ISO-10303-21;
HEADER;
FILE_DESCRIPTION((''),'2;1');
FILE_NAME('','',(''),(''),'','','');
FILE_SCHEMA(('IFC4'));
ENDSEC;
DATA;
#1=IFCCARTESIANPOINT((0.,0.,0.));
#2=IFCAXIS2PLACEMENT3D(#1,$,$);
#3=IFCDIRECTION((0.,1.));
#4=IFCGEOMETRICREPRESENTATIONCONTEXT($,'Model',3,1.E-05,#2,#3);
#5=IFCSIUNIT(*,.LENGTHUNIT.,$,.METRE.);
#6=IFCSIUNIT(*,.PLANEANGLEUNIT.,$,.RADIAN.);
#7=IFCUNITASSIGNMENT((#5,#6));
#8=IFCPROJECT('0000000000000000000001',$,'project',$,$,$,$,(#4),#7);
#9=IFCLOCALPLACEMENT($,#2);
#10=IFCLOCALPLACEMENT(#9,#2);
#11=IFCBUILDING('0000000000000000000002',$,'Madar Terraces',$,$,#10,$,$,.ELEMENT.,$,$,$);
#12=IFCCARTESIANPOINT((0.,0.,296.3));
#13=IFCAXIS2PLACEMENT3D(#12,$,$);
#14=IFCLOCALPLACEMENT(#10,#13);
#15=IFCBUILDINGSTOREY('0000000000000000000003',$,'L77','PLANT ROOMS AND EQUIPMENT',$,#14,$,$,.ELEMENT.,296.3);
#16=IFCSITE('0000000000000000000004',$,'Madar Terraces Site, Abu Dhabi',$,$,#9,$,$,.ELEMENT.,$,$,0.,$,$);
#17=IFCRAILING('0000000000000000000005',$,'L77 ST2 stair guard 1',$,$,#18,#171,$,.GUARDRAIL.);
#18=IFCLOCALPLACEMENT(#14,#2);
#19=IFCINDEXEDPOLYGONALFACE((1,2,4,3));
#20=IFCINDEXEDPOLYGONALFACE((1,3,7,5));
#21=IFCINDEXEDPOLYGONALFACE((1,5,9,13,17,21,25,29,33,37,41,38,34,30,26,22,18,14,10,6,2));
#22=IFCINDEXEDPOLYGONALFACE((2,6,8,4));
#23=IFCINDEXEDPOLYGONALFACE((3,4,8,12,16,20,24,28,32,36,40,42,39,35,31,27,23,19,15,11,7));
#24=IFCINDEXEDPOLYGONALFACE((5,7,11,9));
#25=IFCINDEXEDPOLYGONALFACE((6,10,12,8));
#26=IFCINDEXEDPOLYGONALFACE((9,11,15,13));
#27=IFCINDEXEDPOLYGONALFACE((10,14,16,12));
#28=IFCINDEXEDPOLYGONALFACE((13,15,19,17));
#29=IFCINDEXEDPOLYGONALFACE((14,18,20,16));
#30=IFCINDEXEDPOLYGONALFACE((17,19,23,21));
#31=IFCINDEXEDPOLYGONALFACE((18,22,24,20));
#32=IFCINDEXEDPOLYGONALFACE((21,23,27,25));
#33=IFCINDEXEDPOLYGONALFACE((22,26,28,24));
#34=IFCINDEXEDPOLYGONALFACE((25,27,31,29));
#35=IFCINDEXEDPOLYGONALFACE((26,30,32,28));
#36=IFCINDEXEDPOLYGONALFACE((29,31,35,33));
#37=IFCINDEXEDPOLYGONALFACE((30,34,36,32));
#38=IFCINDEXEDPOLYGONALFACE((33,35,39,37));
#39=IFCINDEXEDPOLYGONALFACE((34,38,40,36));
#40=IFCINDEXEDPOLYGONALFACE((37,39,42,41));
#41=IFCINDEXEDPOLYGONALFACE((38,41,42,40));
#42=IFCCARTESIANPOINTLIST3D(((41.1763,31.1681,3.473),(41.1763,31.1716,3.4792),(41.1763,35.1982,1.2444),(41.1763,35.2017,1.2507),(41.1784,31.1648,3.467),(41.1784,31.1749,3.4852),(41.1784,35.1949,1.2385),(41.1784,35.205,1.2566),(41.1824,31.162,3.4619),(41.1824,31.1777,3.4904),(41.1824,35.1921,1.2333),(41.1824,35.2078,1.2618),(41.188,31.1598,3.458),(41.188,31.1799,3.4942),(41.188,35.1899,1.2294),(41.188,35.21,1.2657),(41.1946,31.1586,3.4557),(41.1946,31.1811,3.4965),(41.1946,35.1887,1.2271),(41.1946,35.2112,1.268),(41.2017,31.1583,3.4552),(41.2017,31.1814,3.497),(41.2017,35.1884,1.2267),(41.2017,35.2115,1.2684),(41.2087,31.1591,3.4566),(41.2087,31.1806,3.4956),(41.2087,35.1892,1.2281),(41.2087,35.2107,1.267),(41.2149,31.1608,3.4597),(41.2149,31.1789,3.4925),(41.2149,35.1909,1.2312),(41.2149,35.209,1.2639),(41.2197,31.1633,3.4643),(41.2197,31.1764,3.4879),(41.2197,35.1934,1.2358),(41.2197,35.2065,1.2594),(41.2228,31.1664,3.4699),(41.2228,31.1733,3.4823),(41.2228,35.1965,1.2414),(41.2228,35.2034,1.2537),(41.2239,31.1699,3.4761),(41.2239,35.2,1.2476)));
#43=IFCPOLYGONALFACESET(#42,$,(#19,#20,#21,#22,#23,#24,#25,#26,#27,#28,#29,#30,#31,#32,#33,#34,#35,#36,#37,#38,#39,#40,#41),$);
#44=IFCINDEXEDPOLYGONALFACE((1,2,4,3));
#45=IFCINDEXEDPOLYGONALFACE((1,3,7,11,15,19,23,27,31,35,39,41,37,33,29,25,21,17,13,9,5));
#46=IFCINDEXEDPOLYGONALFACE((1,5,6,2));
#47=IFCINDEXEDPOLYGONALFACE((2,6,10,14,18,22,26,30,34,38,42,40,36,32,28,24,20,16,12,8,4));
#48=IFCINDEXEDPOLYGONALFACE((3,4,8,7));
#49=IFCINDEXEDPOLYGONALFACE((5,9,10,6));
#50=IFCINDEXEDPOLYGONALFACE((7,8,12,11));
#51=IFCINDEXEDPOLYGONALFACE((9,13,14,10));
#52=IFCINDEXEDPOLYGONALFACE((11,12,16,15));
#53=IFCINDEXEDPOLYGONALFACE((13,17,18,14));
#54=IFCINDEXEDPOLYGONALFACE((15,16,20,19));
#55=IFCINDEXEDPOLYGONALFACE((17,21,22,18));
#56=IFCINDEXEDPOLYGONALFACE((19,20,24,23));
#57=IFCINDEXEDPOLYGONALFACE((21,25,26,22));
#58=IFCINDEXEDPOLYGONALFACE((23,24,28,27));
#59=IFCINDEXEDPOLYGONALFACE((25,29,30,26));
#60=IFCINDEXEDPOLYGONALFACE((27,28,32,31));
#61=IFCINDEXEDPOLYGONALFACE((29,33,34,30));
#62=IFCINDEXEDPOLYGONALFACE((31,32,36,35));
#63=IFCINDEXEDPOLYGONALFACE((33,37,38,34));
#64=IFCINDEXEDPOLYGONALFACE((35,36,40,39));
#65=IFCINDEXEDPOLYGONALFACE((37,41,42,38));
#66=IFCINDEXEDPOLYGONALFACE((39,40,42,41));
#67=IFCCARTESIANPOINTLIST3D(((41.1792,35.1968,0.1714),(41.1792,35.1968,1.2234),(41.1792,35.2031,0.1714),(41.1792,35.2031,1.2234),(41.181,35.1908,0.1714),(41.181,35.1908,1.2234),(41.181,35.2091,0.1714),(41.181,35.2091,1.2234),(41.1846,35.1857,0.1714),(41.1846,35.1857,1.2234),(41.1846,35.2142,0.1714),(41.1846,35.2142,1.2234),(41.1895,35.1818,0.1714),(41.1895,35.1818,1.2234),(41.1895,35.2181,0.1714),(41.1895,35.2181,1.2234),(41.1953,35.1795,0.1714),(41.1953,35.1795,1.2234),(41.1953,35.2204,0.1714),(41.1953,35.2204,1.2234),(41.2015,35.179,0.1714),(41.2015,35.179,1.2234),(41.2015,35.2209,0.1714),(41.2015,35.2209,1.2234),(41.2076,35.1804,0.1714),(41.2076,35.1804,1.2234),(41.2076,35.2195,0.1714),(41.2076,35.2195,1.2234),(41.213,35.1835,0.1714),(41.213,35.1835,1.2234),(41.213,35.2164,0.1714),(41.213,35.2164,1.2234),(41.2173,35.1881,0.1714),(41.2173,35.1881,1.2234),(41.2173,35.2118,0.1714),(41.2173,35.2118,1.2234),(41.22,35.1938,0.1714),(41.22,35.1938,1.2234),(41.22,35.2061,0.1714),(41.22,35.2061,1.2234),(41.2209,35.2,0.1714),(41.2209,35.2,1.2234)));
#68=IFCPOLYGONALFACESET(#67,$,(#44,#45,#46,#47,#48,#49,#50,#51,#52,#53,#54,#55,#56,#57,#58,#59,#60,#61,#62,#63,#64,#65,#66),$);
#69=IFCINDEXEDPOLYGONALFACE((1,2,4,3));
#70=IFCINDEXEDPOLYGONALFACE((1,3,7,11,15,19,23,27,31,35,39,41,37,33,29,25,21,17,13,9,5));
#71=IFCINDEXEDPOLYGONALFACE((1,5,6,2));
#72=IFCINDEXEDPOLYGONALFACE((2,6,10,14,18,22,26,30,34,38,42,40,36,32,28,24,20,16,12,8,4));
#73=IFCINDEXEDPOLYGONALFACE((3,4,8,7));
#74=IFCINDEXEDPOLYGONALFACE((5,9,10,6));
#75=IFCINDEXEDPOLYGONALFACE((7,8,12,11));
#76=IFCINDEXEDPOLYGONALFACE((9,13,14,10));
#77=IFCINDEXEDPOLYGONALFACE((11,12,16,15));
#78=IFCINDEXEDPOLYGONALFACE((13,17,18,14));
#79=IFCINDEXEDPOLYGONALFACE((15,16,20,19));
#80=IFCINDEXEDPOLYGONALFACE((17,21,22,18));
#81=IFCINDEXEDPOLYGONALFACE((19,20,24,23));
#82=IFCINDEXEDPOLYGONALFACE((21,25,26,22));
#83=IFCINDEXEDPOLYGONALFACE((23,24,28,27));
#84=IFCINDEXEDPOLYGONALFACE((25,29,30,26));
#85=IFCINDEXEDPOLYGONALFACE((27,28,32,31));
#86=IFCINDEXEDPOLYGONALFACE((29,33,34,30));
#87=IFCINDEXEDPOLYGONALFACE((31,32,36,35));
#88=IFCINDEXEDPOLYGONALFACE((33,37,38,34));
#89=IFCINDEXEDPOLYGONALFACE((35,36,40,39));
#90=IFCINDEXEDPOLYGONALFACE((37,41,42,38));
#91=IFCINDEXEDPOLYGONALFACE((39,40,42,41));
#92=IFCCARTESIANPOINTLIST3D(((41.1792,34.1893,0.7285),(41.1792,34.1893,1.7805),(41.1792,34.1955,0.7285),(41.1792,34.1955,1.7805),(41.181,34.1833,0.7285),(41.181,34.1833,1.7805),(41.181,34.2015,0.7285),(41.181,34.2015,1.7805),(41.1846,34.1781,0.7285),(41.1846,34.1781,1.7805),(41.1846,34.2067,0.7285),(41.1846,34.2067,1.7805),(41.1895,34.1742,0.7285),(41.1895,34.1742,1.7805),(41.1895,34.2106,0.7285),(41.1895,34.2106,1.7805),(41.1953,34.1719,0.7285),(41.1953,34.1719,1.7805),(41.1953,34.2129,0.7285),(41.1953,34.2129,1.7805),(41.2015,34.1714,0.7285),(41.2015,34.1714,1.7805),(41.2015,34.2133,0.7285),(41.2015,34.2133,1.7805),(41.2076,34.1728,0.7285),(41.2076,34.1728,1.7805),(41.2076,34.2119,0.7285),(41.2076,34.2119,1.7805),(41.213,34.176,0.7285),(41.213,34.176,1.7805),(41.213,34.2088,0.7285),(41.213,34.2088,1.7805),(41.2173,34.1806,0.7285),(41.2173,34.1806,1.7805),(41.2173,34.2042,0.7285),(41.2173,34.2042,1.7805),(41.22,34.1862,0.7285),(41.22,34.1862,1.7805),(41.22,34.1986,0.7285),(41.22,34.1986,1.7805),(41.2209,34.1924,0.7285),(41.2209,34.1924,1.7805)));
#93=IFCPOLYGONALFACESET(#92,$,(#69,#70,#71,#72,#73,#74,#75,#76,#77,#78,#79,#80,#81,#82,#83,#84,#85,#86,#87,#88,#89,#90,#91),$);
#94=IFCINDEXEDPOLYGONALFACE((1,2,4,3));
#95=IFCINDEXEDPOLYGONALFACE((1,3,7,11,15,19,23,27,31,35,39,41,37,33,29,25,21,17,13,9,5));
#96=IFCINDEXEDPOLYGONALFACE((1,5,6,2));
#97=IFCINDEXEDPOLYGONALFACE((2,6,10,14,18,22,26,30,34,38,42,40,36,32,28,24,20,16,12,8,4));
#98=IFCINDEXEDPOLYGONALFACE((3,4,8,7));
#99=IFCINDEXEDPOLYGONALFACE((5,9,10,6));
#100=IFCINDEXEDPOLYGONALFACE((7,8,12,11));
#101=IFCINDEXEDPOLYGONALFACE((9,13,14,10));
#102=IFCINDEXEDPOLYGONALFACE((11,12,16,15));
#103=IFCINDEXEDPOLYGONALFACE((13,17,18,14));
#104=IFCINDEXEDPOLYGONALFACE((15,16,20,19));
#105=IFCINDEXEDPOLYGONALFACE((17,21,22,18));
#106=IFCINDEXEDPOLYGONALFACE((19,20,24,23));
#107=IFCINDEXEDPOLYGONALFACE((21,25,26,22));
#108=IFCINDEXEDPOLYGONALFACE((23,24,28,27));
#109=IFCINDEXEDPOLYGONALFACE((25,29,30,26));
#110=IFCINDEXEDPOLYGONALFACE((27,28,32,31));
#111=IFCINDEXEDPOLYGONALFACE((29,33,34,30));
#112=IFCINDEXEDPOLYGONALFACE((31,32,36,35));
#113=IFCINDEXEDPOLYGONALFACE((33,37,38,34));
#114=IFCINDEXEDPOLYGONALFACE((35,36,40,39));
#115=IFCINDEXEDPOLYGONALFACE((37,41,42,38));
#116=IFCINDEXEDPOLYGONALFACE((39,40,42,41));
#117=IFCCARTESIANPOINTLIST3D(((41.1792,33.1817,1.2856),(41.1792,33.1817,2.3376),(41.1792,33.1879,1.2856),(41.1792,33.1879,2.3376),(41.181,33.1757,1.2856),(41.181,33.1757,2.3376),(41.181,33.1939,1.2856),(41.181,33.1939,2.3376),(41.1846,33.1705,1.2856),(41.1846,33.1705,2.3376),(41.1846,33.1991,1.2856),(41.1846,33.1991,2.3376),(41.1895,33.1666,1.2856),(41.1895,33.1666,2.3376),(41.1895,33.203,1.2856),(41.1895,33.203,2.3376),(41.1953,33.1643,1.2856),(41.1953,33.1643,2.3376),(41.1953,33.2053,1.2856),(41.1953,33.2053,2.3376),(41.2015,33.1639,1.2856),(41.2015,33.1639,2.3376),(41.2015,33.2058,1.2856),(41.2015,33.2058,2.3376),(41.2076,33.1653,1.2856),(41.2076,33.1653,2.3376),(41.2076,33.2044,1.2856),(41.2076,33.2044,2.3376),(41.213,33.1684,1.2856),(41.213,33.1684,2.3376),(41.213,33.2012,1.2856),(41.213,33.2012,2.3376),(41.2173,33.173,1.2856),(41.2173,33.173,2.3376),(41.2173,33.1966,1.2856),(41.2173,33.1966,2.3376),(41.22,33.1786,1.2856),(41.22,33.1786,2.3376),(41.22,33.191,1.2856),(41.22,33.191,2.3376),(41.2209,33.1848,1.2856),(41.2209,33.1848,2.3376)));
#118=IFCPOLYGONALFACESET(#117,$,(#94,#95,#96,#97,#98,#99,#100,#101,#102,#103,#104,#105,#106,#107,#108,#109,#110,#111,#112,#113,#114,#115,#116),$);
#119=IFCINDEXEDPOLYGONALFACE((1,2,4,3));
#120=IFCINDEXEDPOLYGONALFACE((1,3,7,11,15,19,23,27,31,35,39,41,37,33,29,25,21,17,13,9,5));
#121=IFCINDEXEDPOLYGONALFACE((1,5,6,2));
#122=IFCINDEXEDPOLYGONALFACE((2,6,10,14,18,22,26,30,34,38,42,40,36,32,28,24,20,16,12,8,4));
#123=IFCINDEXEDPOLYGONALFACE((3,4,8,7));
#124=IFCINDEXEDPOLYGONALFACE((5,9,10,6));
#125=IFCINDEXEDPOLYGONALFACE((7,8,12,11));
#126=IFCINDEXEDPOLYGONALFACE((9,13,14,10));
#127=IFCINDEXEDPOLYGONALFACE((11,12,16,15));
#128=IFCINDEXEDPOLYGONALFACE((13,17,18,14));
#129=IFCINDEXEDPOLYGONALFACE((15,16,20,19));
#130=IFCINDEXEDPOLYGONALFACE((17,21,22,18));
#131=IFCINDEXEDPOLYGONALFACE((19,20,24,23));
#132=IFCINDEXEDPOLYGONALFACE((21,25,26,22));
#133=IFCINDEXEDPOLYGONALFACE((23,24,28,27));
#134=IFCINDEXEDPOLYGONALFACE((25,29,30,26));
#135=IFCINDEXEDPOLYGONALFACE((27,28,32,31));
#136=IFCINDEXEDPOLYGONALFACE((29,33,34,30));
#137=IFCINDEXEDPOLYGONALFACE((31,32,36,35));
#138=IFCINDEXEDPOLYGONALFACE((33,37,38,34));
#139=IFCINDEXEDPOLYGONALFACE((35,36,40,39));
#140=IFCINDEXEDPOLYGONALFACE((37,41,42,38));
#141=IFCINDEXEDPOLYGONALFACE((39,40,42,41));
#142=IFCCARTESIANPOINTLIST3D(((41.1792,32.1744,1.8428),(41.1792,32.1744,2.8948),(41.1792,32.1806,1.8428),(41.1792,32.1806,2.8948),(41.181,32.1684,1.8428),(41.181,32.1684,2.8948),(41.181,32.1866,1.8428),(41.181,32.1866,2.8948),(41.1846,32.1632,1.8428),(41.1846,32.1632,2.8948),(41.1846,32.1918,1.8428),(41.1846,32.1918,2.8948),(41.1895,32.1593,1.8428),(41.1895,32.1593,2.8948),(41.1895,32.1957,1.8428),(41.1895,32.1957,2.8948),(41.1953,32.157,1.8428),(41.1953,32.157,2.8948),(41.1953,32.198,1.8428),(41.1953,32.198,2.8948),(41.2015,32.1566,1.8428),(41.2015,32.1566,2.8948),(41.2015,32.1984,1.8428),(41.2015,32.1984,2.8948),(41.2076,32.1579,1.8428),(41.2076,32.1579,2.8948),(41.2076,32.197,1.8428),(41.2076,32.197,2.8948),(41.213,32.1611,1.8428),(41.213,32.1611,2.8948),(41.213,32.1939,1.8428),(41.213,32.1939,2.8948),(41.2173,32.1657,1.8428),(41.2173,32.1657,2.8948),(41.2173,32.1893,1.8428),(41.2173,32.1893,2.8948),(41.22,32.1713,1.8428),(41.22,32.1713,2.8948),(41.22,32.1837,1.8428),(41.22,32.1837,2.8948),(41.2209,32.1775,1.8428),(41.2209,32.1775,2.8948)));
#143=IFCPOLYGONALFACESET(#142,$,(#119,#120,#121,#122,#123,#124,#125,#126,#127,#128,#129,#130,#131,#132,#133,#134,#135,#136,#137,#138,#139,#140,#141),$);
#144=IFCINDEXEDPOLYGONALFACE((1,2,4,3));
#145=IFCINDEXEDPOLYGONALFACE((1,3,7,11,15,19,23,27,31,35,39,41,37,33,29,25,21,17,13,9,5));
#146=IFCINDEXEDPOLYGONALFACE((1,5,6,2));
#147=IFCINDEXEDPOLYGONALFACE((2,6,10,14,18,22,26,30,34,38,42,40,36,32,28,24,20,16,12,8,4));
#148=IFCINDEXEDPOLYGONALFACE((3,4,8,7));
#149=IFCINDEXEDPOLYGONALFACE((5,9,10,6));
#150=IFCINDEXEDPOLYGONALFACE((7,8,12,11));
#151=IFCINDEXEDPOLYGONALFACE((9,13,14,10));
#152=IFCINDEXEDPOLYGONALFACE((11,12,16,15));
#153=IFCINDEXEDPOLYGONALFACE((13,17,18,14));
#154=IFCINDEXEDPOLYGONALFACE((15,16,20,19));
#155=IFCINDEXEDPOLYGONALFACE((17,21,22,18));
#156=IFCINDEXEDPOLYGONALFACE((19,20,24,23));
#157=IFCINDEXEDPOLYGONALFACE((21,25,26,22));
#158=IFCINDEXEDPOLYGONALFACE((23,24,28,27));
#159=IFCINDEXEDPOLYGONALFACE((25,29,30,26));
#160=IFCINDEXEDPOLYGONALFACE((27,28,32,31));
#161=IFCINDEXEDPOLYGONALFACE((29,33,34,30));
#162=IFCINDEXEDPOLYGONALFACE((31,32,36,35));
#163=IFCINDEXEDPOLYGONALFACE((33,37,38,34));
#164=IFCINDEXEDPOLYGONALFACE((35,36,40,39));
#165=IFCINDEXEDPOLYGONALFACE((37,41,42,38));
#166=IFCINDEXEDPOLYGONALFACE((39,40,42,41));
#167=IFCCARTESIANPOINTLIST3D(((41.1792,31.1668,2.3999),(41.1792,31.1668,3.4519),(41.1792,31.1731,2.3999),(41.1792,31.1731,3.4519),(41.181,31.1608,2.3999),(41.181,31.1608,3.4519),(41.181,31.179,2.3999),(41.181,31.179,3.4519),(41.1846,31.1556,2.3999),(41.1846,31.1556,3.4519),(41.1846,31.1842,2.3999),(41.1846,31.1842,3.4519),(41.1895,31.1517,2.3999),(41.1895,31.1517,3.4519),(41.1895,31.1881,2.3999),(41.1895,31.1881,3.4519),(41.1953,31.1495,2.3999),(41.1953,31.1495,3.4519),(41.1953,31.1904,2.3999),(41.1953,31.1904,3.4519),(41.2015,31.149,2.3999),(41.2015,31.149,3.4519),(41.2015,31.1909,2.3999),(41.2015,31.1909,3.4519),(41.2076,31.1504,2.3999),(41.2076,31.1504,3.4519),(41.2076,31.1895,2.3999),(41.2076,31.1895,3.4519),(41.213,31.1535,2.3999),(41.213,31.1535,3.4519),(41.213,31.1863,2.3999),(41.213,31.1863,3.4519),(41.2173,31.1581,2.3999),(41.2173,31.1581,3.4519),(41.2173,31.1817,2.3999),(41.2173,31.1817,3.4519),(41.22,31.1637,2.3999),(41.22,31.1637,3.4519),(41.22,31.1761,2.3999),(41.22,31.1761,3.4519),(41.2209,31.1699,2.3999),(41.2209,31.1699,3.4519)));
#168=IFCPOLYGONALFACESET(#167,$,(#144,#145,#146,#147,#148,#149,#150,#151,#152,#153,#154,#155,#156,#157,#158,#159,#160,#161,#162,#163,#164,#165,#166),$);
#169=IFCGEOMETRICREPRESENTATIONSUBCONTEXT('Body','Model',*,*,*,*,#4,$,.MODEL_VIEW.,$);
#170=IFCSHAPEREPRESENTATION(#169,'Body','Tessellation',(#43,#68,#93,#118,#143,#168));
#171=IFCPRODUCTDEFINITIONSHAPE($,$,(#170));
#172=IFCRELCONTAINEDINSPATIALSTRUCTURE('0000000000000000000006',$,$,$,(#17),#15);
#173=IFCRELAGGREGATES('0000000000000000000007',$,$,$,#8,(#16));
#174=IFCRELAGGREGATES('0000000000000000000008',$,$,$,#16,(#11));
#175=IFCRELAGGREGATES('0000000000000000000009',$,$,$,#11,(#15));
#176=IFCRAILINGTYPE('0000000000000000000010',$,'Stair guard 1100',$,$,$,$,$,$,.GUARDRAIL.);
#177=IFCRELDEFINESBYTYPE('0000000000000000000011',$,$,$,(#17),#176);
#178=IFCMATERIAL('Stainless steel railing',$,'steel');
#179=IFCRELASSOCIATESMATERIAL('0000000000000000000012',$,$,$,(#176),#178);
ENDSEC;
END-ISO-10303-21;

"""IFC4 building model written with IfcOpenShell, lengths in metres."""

from ifc_helpers import new_model, si_unit, direction, frame, origin, origin_2d, place, context, subcontext, project, spatial, circle, extrude, material, type_object, element, save


model = new_model("IFC4")

# Units and contexts
model_context = context("Model", 3, precision=1e-05, world=origin(), true_north=direction((0.0, 1.0)))
body_context = subcontext(model_context, "Body", "Model", "MODEL_VIEW")
ifc_project = project(units=[si_unit("LENGTHUNIT", "METRE"), si_unit("PLANEANGLEUNIT", "RADIAN")], contexts=[model_context])

# Site, building, storey
site_placement = place(None, origin())
site = spatial("IfcSite", under=ifc_project, at=site_placement, Name="Madar Terraces Site, Abu Dhabi", CompositionType="ELEMENT", RefElevation=0.0)
building_placement = place(site_placement, origin())
building = spatial("IfcBuilding", under=site, at=building_placement, Name="Madar Terraces", CompositionType="ELEMENT")
storey_placement = place(building_placement, frame((0.0, 0.0, 296.3)))
storey = spatial("IfcBuildingStorey", under=building, at=storey_placement, Name="L77", Description="PLANT ROOMS AND EQUIPMENT", CompositionType="ELEMENT", Elevation=296.3)

# Railing
ifc_material_1 = material(Name="Stainless steel railing", Category="steel")
railing_type_1 = type_object("IfcRailingType", Name="Stair guard 1100", PredefinedType="GUARDRAIL", material=ifc_material_1)
railing_1_placement = place(storey_placement, frame((41.2, 35.2, 0.1714)))
element("IfcRailing", 1, at=railing_1_placement, inside=storey, type_object=railing_type_1, Name="L77 ST2 stair guard 1", PredefinedType="GUARDRAIL", context=body_context, shape_type="SweptSolid", body=[
    extrude(circle(Radius=0.0239, at=origin_2d()), frame((0.0, 0.0, 1.0762), z_axis=(0.0, -0.875113, 0.483918), x_axis=(1.0, 0.0, 0.0)), (0.0, 0.0, 1.0), 4.6052),
    extrude(circle(Radius=0.021, at=origin_2d()), origin(), (0.0, 0.0, 1.0), 1.052),
    extrude(circle(Radius=0.021, at=origin_2d()), frame((0.0, -1.0076, 0.5571)), (0.0, 0.0, 1.0), 1.052),
    extrude(circle(Radius=0.021, at=origin_2d()), frame((0.0, -2.0151, 1.1143)), (0.0, 0.0, 1.0), 1.052),
    extrude(circle(Radius=0.021, at=origin_2d()), frame((0.0, -3.0225, 1.6714)), (0.0, 0.0, 1.0), 1.052),
    extrude(circle(Radius=0.021, at=origin_2d()), frame((0.0, -4.03, 2.2285)), (0.0, 0.0, 1.0), 1.052),
])

save(model, "model.ifc")
